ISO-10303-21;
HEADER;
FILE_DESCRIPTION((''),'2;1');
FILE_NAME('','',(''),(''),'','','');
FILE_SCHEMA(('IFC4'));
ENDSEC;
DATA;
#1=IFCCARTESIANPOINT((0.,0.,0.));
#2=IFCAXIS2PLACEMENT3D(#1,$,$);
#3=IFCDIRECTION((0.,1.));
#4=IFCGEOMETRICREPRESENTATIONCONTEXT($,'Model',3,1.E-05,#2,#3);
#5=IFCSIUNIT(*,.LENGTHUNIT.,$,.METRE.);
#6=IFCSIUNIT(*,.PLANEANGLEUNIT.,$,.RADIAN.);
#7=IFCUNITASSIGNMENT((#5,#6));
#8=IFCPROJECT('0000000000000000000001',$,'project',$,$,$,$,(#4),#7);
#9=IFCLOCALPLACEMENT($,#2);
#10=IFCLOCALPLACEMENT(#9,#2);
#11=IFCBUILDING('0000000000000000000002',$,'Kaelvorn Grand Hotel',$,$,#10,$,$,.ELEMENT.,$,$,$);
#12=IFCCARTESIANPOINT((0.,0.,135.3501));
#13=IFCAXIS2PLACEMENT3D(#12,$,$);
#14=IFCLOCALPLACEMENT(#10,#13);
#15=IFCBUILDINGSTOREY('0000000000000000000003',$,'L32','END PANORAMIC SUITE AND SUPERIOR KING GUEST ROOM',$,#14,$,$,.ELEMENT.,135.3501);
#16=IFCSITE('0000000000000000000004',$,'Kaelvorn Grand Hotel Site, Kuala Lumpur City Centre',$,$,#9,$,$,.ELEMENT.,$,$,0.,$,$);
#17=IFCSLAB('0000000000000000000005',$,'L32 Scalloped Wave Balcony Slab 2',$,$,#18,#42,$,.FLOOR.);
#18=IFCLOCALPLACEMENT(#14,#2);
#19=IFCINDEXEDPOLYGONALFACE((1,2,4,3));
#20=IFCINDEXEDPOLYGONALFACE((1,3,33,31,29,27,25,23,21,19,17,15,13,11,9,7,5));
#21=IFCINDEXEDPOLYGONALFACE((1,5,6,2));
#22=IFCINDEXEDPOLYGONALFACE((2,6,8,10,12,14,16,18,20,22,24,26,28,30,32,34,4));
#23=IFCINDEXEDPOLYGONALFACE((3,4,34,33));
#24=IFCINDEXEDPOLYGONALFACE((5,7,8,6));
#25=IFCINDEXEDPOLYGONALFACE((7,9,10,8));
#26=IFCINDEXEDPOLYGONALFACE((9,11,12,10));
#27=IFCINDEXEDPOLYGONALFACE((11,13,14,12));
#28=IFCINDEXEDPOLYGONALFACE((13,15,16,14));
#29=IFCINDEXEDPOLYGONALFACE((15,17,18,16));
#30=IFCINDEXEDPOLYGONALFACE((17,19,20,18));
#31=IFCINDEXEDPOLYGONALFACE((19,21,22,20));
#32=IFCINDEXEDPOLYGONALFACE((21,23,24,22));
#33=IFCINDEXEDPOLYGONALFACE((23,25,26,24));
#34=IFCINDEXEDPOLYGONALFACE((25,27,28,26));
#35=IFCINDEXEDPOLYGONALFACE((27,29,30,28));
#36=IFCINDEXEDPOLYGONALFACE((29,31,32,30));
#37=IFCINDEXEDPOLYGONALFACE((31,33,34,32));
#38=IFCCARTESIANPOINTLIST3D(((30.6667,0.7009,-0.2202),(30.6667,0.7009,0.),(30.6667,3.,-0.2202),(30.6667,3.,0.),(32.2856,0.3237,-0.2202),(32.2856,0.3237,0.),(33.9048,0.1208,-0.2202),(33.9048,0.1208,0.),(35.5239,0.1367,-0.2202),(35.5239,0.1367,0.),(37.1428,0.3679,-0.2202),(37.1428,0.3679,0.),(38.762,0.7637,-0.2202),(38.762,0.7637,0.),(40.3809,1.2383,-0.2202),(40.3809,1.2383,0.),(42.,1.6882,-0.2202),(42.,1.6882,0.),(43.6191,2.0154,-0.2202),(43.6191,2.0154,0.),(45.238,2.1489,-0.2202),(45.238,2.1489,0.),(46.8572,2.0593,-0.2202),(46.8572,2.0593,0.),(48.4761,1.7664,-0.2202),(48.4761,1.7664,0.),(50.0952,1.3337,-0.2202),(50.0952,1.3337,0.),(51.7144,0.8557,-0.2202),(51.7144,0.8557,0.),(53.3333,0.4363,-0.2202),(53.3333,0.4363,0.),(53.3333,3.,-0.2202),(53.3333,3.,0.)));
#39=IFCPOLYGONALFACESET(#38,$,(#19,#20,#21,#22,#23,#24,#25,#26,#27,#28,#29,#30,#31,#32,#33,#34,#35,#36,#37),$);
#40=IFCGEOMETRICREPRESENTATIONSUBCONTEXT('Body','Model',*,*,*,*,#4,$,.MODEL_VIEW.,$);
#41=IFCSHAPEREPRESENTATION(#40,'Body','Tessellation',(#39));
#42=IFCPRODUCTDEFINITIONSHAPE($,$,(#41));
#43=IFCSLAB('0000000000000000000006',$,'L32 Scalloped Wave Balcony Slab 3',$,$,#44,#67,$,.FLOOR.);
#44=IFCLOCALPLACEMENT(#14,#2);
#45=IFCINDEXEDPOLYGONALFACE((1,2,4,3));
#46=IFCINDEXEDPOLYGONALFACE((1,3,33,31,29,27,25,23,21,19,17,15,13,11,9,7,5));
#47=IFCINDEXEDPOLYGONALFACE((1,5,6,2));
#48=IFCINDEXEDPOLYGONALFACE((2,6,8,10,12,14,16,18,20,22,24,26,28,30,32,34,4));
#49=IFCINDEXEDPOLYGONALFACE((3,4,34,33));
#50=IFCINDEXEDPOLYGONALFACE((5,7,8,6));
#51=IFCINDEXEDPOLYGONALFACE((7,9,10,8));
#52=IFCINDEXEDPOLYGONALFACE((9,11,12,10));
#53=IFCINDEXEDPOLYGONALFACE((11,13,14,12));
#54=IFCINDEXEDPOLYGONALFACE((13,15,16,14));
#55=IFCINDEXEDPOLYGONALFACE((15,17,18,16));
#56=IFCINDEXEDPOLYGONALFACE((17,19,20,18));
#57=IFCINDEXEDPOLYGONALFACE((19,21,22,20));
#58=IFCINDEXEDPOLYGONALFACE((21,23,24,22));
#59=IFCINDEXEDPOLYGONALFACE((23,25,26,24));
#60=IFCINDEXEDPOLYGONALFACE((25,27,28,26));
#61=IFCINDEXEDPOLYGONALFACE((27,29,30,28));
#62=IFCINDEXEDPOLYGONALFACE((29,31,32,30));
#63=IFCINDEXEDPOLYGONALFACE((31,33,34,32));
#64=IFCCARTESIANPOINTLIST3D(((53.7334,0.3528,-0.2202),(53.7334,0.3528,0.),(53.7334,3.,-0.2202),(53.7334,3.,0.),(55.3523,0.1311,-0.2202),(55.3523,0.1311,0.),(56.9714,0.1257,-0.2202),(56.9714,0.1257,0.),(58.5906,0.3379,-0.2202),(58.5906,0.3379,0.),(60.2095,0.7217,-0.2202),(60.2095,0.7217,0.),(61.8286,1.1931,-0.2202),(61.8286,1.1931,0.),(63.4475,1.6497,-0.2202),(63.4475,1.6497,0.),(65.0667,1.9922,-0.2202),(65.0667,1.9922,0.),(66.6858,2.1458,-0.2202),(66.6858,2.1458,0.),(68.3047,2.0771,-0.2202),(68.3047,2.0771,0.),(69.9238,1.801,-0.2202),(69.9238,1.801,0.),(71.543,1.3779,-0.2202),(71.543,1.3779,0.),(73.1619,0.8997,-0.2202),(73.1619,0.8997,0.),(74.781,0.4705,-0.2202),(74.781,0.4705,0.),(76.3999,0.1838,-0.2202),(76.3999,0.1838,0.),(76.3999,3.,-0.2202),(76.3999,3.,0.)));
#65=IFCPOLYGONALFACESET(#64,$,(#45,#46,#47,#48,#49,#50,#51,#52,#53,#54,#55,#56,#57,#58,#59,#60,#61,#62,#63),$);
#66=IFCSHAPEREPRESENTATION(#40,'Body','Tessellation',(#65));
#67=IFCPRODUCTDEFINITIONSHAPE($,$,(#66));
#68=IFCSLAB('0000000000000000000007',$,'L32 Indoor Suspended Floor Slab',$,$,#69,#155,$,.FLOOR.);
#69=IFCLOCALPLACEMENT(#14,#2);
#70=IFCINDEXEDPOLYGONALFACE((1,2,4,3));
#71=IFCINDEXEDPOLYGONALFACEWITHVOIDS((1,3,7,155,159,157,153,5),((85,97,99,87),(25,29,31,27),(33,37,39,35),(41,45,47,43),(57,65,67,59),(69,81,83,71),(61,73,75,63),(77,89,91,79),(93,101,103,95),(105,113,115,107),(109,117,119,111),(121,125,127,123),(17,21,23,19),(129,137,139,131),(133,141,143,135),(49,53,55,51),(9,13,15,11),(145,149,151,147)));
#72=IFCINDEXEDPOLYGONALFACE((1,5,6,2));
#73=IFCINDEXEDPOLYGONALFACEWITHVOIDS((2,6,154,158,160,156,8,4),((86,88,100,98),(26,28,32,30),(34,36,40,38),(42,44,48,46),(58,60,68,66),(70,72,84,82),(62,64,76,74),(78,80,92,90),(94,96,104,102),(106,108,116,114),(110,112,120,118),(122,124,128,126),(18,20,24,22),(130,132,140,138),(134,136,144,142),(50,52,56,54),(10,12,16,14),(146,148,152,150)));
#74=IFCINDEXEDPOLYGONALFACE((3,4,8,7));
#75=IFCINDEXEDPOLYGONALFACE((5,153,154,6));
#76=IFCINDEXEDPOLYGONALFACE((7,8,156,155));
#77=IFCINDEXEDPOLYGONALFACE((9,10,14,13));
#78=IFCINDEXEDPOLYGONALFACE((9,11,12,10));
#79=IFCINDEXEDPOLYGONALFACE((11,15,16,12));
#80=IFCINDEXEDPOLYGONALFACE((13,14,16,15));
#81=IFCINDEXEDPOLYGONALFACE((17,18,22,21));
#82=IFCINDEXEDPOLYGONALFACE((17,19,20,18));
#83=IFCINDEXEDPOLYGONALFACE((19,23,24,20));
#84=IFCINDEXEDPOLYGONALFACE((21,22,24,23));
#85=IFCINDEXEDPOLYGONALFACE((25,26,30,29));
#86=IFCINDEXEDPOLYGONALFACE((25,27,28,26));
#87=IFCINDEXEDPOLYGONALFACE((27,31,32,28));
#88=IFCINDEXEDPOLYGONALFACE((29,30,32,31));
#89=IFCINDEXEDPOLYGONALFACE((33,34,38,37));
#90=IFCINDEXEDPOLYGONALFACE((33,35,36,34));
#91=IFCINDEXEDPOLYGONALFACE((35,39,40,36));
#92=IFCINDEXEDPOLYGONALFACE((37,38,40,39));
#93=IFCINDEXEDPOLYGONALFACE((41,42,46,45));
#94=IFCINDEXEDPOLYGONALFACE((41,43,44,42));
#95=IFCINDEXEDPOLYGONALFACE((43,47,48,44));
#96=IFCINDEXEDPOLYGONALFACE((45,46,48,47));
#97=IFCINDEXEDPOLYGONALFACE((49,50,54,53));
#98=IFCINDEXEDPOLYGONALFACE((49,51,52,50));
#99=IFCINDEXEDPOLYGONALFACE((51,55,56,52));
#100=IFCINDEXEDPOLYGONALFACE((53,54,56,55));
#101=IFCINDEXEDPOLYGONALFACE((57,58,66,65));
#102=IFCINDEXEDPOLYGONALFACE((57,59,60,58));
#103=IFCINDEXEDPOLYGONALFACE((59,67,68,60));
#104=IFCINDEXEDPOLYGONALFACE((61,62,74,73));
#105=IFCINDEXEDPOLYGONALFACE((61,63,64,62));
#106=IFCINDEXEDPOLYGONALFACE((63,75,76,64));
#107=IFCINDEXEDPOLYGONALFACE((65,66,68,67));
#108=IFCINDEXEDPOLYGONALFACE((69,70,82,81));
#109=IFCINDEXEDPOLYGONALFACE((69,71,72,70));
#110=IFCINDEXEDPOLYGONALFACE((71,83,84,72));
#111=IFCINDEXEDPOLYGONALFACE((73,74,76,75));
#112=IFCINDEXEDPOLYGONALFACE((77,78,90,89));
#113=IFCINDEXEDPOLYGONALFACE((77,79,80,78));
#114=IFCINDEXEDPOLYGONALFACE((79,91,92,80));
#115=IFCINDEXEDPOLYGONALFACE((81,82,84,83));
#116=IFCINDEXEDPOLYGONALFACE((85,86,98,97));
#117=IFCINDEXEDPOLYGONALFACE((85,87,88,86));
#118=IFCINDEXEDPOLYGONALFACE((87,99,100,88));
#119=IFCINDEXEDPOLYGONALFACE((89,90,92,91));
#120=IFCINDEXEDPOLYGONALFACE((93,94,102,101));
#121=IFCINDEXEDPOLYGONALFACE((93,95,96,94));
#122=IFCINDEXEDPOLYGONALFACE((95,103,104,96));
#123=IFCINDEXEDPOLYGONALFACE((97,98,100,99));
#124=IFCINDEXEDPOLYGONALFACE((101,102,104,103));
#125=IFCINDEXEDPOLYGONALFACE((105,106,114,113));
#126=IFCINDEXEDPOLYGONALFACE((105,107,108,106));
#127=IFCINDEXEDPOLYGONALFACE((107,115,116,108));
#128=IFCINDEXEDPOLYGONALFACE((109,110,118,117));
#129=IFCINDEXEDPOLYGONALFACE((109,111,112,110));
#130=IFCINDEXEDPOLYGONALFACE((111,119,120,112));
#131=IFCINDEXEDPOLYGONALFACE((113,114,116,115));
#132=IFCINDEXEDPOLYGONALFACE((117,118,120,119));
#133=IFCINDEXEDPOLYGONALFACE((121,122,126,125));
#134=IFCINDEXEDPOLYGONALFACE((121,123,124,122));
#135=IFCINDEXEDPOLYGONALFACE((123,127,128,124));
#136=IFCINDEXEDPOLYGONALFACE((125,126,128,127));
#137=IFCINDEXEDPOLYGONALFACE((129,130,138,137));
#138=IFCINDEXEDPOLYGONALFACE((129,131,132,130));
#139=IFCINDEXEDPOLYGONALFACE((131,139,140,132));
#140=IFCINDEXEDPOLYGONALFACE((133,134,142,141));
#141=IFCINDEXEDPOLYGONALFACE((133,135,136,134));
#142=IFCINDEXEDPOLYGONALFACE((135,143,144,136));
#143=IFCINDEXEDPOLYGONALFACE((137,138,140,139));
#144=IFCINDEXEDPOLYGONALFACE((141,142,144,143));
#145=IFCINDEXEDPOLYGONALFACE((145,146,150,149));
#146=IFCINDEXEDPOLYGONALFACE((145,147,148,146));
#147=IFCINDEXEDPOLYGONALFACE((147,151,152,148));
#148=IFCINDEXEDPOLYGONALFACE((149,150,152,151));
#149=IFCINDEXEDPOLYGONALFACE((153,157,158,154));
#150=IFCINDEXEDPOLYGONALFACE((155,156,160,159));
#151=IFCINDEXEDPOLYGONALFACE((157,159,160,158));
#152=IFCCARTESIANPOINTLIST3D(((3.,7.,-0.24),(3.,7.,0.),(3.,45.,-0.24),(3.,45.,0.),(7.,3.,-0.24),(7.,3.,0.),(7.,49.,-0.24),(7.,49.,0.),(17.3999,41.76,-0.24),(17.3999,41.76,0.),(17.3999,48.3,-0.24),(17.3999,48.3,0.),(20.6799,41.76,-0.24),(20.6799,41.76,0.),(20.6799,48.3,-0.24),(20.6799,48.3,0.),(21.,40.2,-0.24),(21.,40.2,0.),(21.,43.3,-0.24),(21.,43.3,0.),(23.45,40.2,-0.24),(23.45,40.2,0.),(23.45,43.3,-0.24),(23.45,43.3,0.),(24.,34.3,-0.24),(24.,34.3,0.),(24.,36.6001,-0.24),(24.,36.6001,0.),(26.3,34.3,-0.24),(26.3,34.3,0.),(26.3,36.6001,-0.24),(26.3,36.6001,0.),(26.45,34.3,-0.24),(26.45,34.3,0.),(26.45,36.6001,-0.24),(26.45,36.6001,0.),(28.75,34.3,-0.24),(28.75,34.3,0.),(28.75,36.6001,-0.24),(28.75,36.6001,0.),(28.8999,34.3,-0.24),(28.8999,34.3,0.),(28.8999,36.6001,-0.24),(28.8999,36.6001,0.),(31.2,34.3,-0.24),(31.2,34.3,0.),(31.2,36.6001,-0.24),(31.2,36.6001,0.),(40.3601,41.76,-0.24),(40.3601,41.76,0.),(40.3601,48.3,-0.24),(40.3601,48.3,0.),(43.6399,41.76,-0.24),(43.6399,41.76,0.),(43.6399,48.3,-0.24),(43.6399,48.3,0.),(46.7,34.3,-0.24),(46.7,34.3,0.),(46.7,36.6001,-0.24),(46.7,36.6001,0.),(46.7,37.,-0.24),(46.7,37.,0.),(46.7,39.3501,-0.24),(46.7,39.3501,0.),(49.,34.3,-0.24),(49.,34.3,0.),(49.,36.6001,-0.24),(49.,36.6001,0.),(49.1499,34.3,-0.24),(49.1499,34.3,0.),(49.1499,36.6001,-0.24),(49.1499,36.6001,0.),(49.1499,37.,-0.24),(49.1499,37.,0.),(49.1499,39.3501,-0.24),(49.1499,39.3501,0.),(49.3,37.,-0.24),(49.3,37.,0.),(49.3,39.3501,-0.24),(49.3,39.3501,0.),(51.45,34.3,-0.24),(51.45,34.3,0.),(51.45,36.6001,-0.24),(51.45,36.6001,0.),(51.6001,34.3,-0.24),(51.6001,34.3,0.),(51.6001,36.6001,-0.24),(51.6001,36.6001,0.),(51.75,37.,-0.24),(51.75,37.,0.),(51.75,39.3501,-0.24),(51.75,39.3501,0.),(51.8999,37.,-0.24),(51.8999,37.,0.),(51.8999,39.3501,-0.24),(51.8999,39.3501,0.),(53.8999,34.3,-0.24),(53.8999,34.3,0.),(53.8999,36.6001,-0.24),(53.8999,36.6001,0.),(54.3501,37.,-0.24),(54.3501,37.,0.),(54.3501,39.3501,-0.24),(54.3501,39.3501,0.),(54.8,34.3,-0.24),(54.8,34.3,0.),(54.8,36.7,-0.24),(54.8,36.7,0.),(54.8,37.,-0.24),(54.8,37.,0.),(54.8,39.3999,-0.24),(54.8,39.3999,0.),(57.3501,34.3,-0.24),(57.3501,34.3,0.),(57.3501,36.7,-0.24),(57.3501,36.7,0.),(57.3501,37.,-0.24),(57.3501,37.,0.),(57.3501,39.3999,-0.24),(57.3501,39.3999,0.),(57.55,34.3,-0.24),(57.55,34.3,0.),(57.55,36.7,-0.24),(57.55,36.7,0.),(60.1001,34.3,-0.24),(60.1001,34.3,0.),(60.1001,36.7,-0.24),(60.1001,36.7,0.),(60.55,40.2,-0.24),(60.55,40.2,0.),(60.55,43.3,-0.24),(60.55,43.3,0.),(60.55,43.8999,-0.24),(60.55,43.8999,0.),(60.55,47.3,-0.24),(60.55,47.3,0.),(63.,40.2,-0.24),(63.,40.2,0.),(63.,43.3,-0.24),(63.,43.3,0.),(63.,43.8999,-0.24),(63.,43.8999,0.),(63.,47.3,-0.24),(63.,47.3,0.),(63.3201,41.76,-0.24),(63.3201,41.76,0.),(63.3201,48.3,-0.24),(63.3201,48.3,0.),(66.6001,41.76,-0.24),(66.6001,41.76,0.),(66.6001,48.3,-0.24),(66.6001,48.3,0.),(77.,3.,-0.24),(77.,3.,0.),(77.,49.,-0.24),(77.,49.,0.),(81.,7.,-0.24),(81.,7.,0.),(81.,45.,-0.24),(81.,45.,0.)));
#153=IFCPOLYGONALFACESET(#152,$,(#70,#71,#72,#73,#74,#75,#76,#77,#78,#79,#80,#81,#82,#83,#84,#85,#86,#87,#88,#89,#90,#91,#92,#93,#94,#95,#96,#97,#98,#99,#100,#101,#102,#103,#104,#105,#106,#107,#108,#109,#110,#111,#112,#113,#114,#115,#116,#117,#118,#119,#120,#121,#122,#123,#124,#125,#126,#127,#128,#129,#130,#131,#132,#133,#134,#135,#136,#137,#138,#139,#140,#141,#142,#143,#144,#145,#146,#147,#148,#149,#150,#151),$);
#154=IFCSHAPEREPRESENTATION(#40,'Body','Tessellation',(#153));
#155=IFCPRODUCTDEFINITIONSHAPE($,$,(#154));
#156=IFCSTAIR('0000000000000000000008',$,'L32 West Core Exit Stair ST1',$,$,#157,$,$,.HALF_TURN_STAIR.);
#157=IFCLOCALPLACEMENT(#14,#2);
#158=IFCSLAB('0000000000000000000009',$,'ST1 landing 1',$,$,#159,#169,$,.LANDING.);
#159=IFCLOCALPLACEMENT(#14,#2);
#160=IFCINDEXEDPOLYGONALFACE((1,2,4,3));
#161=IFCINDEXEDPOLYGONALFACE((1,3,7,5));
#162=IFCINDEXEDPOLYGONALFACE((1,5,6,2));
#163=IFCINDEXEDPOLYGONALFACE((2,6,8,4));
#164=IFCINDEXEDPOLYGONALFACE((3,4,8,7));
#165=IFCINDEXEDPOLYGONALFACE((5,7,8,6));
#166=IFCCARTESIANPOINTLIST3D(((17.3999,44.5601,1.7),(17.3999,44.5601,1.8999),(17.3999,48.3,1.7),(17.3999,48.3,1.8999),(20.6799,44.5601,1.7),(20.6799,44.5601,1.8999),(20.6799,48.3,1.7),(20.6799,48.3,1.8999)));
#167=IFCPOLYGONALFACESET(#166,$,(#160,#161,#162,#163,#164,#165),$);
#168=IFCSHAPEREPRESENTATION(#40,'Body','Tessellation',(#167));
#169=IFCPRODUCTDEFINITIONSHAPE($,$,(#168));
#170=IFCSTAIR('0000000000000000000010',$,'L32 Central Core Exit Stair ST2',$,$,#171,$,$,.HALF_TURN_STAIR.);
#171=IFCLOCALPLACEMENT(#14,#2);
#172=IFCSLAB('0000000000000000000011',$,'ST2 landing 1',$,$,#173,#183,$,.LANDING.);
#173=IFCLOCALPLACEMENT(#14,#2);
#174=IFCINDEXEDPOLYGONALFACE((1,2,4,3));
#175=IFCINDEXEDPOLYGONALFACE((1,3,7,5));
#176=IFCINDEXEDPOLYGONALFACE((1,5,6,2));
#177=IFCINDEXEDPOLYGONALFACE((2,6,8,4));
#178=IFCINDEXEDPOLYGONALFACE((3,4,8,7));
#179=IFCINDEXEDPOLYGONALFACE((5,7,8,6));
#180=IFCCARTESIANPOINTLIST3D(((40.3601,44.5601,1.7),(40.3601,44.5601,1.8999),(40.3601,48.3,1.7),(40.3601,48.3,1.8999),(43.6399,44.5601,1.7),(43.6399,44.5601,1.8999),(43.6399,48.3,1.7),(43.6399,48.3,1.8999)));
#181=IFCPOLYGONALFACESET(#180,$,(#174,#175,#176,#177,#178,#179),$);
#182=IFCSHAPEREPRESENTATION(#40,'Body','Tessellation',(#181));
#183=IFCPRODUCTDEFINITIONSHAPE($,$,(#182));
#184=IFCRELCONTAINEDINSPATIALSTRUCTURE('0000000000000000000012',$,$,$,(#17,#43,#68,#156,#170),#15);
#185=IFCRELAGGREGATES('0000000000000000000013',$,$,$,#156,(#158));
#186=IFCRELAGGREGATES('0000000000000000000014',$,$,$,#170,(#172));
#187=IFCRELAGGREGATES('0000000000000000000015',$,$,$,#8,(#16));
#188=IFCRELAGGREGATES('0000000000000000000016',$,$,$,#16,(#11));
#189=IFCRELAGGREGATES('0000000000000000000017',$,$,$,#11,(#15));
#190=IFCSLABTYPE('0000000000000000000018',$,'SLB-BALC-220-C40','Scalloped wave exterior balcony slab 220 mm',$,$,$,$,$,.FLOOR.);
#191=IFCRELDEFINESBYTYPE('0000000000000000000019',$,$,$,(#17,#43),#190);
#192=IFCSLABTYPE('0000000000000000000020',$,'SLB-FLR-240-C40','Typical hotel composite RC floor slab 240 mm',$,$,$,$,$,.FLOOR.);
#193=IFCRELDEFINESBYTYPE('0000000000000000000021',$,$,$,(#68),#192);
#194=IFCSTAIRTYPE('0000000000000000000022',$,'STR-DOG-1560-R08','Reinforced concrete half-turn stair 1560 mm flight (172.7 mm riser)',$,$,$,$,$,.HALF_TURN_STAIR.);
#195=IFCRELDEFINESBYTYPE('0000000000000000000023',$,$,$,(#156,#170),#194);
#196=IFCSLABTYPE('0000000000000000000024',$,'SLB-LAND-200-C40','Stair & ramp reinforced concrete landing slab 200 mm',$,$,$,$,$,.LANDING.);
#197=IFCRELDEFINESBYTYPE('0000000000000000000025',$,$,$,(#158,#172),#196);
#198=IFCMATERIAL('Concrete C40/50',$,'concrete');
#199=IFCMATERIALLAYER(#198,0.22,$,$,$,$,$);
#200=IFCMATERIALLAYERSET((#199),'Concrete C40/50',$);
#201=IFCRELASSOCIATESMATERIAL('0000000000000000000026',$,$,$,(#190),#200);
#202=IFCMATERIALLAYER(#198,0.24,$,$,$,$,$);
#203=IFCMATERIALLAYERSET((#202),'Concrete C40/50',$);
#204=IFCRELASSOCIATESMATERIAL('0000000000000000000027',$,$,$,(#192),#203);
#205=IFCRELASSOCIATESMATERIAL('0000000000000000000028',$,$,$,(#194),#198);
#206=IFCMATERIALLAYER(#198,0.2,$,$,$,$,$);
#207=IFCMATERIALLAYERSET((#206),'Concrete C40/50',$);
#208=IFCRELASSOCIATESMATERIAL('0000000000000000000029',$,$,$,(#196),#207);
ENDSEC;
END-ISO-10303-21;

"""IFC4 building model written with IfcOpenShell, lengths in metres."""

from ifc_helpers import new_model, si_unit, direction, frame, origin, place, context, subcontext, project, spatial, polyline, outline, extrude, material, layer, layer_set, type_object, element, aggregate, save


model = new_model("IFC4")

# Units and contexts
model_context = context("Model", 3, precision=1e-05, world=origin(), true_north=direction((0.0, 1.0)))
body_context = subcontext(model_context, "Body", "Model", "MODEL_VIEW")
ifc_project = project(units=[si_unit("LENGTHUNIT", "METRE"), si_unit("PLANEANGLEUNIT", "RADIAN")], contexts=[model_context])

# Site, building, storey
site_placement = place(None, origin())
site = spatial("IfcSite", under=ifc_project, at=site_placement, Name="Kaelvorn Grand Hotel Site, Kuala Lumpur City Centre", CompositionType="ELEMENT", RefElevation=0.0)
building_placement = place(site_placement, origin())
building = spatial("IfcBuilding", under=site, at=building_placement, Name="Kaelvorn Grand Hotel", CompositionType="ELEMENT")
storey_placement = place(building_placement, frame((0.0, 0.0, 135.3501)))
storey = spatial("IfcBuildingStorey", under=building, at=storey_placement, Name="L32", Description="END PANORAMIC SUITE AND SUPERIOR KING GUEST ROOM", CompositionType="ELEMENT", Elevation=135.3501)

# Slabs
ifc_material_1 = material(Name="Concrete C40/50", Category="concrete")
ifc_layer_1 = layer(ifc_material_1, 0.22)
ifc_layer_set_1 = layer_set([ifc_layer_1], Name="Concrete C40/50")
slab_type_1 = type_object("IfcSlabType", Name="SLB-BALC-220-C40", Description="Scalloped wave exterior balcony slab 220 mm", PredefinedType="FLOOR", material=ifc_layer_set_1)
slab_1_placement = place(storey_placement, frame((0.0, 0.0, -0.2202)))
element("IfcSlab", 1, at=slab_1_placement, inside=storey, type_object=slab_type_1, Name="L32 Scalloped Wave Balcony Slab 2", PredefinedType="FLOOR", context=body_context, shape_type="SweptSolid", body=[
    extrude(outline(polyline([(30.6667, 0.7009), (32.2856, 0.3237), (33.9048, 0.1208), (35.5239, 0.1367), (37.1428, 0.3679), (38.762, 0.7637), (40.3809, 1.2383), (42.0, 1.6882), (43.6191, 2.0154), (45.238, 2.1489), (46.8572, 2.0593), (48.4761, 1.7664), (50.0952, 1.3337), (51.7144, 0.8557), (53.3333, 0.4363), (53.3333, 3.0), (30.6667, 3.0), (30.6667, 0.7009)])), origin(), (0.0, 0.0, 1.0), 0.2202),
])
slab_2_placement = place(storey_placement, frame((0.0, 0.0, -0.2202)))
element("IfcSlab", 2, at=slab_2_placement, inside=storey, type_object=slab_type_1, Name="L32 Scalloped Wave Balcony Slab 3", PredefinedType="FLOOR", context=body_context, shape_type="SweptSolid", body=[
    extrude(outline(polyline([(53.7334, 0.3528), (55.3523, 0.1311), (56.9714, 0.1257), (58.5906, 0.3379), (60.2095, 0.7217), (61.8286, 1.1931), (63.4475, 1.6497), (65.0667, 1.9922), (66.6858, 2.1458), (68.3047, 2.0771), (69.9238, 1.801), (71.543, 1.3779), (73.1619, 0.8997), (74.781, 0.4705), (76.3999, 0.1838), (76.3999, 3.0), (53.7334, 3.0), (53.7334, 0.3528)])), origin(), (0.0, 0.0, 1.0), 0.2202),
])
ifc_layer_2 = layer(ifc_material_1, 0.24)
ifc_layer_set_2 = layer_set([ifc_layer_2], Name="Concrete C40/50")
slab_type_2 = type_object("IfcSlabType", Name="SLB-FLR-240-C40", Description="Typical hotel composite RC floor slab 240 mm", PredefinedType="FLOOR", material=ifc_layer_set_2)
slab_3_placement = place(storey_placement, frame((0.0, 0.0, -0.24)))
element("IfcSlab", 3, at=slab_3_placement, inside=storey, type_object=slab_type_2, Name="L32 Indoor Suspended Floor Slab", PredefinedType="FLOOR", context=body_context, shape_type="SweptSolid", body=[
    extrude(outline(polyline([(7.0, 3.0), (77.0, 3.0), (81.0, 7.0), (81.0, 45.0), (77.0, 49.0), (7.0, 49.0), (3.0, 45.0), (3.0, 7.0), (7.0, 3.0)]), holes=[polyline([(17.3999, 41.76), (17.3999, 48.3), (20.6799, 48.3), (20.6799, 41.76), (17.3999, 41.76)]), polyline([(40.3601, 41.76), (40.3601, 48.3), (43.6399, 48.3), (43.6399, 41.76), (40.3601, 41.76)]), polyline([(63.3201, 41.76), (63.3201, 48.3), (66.6001, 48.3), (66.6001, 41.76), (63.3201, 41.76)]), polyline([(24.0, 34.3), (24.0, 36.6001), (26.3, 36.6001), (26.3, 34.3), (24.0, 34.3)]), polyline([(26.45, 34.3), (26.45, 36.6001), (28.75, 36.6001), (28.75, 34.3), (26.45, 34.3)]), polyline([(28.8999, 34.3), (28.8999, 36.6001), (31.2, 36.6001), (31.2, 34.3), (28.8999, 34.3)]), polyline([(46.7, 34.3), (46.7, 36.6001), (49.0, 36.6001), (49.0, 34.3), (46.7, 34.3)]), polyline([(49.1499, 34.3), (49.1499, 36.6001), (51.45, 36.6001), (51.45, 34.3), (49.1499, 34.3)]), polyline([(51.6001, 34.3), (51.6001, 36.6001), (53.8999, 36.6001), (53.8999, 34.3), (51.6001, 34.3)]), polyline([(46.7, 37.0), (46.7, 39.3501), (49.1499, 39.3501), (49.1499, 37.0), (46.7, 37.0)]), polyline([(49.3, 37.0), (49.3, 39.3501), (51.75, 39.3501), (51.75, 37.0), (49.3, 37.0)]), polyline([(51.8999, 37.0), (51.8999, 39.3501), (54.3501, 39.3501), (54.3501, 37.0), (51.8999, 37.0)]), polyline([(54.8, 34.3), (54.8, 36.7), (57.3501, 36.7), (57.3501, 34.3), (54.8, 34.3)]), polyline([(57.55, 34.3), (57.55, 36.7), (60.1001, 36.7), (60.1001, 34.3), (57.55, 34.3)]), polyline([(54.8, 37.0), (54.8, 39.3999), (57.3501, 39.3999), (57.3501, 37.0), (54.8, 37.0)]), polyline([(21.0, 40.2), (21.0, 43.3), (23.45, 43.3), (23.45, 40.2), (21.0, 40.2)]), polyline([(60.55, 40.2), (60.55, 43.3), (63.0, 43.3), (63.0, 40.2), (60.55, 40.2)]), polyline([(60.55, 43.8999), (60.55, 47.3), (63.0, 47.3), (63.0, 43.8999), (60.55, 43.8999)])]), origin(), (0.0, 0.0, 1.0), 0.24),
])

# Stairs, slabs
stair_type = type_object("IfcStairType", Name="STR-DOG-1560-R08", Description="Reinforced concrete half-turn stair 1560 mm flight (172.7 mm riser)", PredefinedType="HALF_TURN_STAIR", material=ifc_material_1)
stair_1_placement = place(storey_placement, origin())
stair_1 = element("IfcStair", 4, at=stair_1_placement, inside=storey, type_object=stair_type, Name="L32 West Core Exit Stair ST1", PredefinedType="HALF_TURN_STAIR")
ifc_layer_3 = layer(ifc_material_1, 0.2)
ifc_layer_set_3 = layer_set([ifc_layer_3], Name="Concrete C40/50")
slab_type_3 = type_object("IfcSlabType", Name="SLB-LAND-200-C40", Description="Stair & ramp reinforced concrete landing slab 200 mm", PredefinedType="LANDING", material=ifc_layer_set_3)
slab_4_placement = place(storey_placement, frame((0.0, 0.0, 1.7)))
slab_4 = element("IfcSlab", 5, at=slab_4_placement, type_object=slab_type_3, Name="ST1 landing 1", PredefinedType="LANDING", context=body_context, shape_type="SweptSolid", body=[
    extrude(outline(polyline([(20.6799, 44.5601), (20.6799, 48.3), (17.3999, 48.3), (17.3999, 44.5601), (20.6799, 44.5601)])), origin(), (0.0, 0.0, 1.0), 0.2),
])
aggregate(stair_1, [slab_4])
stair_2_placement = place(storey_placement, origin())
stair_2 = element("IfcStair", 6, at=stair_2_placement, inside=storey, type_object=stair_type, Name="L32 Central Core Exit Stair ST2", PredefinedType="HALF_TURN_STAIR")
slab_5_placement = place(storey_placement, frame((0.0, 0.0, 1.7)))
slab_5 = element("IfcSlab", 7, at=slab_5_placement, type_object=slab_type_3, Name="ST2 landing 1", PredefinedType="LANDING", context=body_context, shape_type="SweptSolid", body=[
    extrude(outline(polyline([(43.6399, 44.5601), (43.6399, 48.3), (40.3601, 48.3), (40.3601, 44.5601), (43.6399, 44.5601)])), origin(), (0.0, 0.0, 1.0), 0.2),
])
aggregate(stair_2, [slab_5])

save(model, "model.ifc")
